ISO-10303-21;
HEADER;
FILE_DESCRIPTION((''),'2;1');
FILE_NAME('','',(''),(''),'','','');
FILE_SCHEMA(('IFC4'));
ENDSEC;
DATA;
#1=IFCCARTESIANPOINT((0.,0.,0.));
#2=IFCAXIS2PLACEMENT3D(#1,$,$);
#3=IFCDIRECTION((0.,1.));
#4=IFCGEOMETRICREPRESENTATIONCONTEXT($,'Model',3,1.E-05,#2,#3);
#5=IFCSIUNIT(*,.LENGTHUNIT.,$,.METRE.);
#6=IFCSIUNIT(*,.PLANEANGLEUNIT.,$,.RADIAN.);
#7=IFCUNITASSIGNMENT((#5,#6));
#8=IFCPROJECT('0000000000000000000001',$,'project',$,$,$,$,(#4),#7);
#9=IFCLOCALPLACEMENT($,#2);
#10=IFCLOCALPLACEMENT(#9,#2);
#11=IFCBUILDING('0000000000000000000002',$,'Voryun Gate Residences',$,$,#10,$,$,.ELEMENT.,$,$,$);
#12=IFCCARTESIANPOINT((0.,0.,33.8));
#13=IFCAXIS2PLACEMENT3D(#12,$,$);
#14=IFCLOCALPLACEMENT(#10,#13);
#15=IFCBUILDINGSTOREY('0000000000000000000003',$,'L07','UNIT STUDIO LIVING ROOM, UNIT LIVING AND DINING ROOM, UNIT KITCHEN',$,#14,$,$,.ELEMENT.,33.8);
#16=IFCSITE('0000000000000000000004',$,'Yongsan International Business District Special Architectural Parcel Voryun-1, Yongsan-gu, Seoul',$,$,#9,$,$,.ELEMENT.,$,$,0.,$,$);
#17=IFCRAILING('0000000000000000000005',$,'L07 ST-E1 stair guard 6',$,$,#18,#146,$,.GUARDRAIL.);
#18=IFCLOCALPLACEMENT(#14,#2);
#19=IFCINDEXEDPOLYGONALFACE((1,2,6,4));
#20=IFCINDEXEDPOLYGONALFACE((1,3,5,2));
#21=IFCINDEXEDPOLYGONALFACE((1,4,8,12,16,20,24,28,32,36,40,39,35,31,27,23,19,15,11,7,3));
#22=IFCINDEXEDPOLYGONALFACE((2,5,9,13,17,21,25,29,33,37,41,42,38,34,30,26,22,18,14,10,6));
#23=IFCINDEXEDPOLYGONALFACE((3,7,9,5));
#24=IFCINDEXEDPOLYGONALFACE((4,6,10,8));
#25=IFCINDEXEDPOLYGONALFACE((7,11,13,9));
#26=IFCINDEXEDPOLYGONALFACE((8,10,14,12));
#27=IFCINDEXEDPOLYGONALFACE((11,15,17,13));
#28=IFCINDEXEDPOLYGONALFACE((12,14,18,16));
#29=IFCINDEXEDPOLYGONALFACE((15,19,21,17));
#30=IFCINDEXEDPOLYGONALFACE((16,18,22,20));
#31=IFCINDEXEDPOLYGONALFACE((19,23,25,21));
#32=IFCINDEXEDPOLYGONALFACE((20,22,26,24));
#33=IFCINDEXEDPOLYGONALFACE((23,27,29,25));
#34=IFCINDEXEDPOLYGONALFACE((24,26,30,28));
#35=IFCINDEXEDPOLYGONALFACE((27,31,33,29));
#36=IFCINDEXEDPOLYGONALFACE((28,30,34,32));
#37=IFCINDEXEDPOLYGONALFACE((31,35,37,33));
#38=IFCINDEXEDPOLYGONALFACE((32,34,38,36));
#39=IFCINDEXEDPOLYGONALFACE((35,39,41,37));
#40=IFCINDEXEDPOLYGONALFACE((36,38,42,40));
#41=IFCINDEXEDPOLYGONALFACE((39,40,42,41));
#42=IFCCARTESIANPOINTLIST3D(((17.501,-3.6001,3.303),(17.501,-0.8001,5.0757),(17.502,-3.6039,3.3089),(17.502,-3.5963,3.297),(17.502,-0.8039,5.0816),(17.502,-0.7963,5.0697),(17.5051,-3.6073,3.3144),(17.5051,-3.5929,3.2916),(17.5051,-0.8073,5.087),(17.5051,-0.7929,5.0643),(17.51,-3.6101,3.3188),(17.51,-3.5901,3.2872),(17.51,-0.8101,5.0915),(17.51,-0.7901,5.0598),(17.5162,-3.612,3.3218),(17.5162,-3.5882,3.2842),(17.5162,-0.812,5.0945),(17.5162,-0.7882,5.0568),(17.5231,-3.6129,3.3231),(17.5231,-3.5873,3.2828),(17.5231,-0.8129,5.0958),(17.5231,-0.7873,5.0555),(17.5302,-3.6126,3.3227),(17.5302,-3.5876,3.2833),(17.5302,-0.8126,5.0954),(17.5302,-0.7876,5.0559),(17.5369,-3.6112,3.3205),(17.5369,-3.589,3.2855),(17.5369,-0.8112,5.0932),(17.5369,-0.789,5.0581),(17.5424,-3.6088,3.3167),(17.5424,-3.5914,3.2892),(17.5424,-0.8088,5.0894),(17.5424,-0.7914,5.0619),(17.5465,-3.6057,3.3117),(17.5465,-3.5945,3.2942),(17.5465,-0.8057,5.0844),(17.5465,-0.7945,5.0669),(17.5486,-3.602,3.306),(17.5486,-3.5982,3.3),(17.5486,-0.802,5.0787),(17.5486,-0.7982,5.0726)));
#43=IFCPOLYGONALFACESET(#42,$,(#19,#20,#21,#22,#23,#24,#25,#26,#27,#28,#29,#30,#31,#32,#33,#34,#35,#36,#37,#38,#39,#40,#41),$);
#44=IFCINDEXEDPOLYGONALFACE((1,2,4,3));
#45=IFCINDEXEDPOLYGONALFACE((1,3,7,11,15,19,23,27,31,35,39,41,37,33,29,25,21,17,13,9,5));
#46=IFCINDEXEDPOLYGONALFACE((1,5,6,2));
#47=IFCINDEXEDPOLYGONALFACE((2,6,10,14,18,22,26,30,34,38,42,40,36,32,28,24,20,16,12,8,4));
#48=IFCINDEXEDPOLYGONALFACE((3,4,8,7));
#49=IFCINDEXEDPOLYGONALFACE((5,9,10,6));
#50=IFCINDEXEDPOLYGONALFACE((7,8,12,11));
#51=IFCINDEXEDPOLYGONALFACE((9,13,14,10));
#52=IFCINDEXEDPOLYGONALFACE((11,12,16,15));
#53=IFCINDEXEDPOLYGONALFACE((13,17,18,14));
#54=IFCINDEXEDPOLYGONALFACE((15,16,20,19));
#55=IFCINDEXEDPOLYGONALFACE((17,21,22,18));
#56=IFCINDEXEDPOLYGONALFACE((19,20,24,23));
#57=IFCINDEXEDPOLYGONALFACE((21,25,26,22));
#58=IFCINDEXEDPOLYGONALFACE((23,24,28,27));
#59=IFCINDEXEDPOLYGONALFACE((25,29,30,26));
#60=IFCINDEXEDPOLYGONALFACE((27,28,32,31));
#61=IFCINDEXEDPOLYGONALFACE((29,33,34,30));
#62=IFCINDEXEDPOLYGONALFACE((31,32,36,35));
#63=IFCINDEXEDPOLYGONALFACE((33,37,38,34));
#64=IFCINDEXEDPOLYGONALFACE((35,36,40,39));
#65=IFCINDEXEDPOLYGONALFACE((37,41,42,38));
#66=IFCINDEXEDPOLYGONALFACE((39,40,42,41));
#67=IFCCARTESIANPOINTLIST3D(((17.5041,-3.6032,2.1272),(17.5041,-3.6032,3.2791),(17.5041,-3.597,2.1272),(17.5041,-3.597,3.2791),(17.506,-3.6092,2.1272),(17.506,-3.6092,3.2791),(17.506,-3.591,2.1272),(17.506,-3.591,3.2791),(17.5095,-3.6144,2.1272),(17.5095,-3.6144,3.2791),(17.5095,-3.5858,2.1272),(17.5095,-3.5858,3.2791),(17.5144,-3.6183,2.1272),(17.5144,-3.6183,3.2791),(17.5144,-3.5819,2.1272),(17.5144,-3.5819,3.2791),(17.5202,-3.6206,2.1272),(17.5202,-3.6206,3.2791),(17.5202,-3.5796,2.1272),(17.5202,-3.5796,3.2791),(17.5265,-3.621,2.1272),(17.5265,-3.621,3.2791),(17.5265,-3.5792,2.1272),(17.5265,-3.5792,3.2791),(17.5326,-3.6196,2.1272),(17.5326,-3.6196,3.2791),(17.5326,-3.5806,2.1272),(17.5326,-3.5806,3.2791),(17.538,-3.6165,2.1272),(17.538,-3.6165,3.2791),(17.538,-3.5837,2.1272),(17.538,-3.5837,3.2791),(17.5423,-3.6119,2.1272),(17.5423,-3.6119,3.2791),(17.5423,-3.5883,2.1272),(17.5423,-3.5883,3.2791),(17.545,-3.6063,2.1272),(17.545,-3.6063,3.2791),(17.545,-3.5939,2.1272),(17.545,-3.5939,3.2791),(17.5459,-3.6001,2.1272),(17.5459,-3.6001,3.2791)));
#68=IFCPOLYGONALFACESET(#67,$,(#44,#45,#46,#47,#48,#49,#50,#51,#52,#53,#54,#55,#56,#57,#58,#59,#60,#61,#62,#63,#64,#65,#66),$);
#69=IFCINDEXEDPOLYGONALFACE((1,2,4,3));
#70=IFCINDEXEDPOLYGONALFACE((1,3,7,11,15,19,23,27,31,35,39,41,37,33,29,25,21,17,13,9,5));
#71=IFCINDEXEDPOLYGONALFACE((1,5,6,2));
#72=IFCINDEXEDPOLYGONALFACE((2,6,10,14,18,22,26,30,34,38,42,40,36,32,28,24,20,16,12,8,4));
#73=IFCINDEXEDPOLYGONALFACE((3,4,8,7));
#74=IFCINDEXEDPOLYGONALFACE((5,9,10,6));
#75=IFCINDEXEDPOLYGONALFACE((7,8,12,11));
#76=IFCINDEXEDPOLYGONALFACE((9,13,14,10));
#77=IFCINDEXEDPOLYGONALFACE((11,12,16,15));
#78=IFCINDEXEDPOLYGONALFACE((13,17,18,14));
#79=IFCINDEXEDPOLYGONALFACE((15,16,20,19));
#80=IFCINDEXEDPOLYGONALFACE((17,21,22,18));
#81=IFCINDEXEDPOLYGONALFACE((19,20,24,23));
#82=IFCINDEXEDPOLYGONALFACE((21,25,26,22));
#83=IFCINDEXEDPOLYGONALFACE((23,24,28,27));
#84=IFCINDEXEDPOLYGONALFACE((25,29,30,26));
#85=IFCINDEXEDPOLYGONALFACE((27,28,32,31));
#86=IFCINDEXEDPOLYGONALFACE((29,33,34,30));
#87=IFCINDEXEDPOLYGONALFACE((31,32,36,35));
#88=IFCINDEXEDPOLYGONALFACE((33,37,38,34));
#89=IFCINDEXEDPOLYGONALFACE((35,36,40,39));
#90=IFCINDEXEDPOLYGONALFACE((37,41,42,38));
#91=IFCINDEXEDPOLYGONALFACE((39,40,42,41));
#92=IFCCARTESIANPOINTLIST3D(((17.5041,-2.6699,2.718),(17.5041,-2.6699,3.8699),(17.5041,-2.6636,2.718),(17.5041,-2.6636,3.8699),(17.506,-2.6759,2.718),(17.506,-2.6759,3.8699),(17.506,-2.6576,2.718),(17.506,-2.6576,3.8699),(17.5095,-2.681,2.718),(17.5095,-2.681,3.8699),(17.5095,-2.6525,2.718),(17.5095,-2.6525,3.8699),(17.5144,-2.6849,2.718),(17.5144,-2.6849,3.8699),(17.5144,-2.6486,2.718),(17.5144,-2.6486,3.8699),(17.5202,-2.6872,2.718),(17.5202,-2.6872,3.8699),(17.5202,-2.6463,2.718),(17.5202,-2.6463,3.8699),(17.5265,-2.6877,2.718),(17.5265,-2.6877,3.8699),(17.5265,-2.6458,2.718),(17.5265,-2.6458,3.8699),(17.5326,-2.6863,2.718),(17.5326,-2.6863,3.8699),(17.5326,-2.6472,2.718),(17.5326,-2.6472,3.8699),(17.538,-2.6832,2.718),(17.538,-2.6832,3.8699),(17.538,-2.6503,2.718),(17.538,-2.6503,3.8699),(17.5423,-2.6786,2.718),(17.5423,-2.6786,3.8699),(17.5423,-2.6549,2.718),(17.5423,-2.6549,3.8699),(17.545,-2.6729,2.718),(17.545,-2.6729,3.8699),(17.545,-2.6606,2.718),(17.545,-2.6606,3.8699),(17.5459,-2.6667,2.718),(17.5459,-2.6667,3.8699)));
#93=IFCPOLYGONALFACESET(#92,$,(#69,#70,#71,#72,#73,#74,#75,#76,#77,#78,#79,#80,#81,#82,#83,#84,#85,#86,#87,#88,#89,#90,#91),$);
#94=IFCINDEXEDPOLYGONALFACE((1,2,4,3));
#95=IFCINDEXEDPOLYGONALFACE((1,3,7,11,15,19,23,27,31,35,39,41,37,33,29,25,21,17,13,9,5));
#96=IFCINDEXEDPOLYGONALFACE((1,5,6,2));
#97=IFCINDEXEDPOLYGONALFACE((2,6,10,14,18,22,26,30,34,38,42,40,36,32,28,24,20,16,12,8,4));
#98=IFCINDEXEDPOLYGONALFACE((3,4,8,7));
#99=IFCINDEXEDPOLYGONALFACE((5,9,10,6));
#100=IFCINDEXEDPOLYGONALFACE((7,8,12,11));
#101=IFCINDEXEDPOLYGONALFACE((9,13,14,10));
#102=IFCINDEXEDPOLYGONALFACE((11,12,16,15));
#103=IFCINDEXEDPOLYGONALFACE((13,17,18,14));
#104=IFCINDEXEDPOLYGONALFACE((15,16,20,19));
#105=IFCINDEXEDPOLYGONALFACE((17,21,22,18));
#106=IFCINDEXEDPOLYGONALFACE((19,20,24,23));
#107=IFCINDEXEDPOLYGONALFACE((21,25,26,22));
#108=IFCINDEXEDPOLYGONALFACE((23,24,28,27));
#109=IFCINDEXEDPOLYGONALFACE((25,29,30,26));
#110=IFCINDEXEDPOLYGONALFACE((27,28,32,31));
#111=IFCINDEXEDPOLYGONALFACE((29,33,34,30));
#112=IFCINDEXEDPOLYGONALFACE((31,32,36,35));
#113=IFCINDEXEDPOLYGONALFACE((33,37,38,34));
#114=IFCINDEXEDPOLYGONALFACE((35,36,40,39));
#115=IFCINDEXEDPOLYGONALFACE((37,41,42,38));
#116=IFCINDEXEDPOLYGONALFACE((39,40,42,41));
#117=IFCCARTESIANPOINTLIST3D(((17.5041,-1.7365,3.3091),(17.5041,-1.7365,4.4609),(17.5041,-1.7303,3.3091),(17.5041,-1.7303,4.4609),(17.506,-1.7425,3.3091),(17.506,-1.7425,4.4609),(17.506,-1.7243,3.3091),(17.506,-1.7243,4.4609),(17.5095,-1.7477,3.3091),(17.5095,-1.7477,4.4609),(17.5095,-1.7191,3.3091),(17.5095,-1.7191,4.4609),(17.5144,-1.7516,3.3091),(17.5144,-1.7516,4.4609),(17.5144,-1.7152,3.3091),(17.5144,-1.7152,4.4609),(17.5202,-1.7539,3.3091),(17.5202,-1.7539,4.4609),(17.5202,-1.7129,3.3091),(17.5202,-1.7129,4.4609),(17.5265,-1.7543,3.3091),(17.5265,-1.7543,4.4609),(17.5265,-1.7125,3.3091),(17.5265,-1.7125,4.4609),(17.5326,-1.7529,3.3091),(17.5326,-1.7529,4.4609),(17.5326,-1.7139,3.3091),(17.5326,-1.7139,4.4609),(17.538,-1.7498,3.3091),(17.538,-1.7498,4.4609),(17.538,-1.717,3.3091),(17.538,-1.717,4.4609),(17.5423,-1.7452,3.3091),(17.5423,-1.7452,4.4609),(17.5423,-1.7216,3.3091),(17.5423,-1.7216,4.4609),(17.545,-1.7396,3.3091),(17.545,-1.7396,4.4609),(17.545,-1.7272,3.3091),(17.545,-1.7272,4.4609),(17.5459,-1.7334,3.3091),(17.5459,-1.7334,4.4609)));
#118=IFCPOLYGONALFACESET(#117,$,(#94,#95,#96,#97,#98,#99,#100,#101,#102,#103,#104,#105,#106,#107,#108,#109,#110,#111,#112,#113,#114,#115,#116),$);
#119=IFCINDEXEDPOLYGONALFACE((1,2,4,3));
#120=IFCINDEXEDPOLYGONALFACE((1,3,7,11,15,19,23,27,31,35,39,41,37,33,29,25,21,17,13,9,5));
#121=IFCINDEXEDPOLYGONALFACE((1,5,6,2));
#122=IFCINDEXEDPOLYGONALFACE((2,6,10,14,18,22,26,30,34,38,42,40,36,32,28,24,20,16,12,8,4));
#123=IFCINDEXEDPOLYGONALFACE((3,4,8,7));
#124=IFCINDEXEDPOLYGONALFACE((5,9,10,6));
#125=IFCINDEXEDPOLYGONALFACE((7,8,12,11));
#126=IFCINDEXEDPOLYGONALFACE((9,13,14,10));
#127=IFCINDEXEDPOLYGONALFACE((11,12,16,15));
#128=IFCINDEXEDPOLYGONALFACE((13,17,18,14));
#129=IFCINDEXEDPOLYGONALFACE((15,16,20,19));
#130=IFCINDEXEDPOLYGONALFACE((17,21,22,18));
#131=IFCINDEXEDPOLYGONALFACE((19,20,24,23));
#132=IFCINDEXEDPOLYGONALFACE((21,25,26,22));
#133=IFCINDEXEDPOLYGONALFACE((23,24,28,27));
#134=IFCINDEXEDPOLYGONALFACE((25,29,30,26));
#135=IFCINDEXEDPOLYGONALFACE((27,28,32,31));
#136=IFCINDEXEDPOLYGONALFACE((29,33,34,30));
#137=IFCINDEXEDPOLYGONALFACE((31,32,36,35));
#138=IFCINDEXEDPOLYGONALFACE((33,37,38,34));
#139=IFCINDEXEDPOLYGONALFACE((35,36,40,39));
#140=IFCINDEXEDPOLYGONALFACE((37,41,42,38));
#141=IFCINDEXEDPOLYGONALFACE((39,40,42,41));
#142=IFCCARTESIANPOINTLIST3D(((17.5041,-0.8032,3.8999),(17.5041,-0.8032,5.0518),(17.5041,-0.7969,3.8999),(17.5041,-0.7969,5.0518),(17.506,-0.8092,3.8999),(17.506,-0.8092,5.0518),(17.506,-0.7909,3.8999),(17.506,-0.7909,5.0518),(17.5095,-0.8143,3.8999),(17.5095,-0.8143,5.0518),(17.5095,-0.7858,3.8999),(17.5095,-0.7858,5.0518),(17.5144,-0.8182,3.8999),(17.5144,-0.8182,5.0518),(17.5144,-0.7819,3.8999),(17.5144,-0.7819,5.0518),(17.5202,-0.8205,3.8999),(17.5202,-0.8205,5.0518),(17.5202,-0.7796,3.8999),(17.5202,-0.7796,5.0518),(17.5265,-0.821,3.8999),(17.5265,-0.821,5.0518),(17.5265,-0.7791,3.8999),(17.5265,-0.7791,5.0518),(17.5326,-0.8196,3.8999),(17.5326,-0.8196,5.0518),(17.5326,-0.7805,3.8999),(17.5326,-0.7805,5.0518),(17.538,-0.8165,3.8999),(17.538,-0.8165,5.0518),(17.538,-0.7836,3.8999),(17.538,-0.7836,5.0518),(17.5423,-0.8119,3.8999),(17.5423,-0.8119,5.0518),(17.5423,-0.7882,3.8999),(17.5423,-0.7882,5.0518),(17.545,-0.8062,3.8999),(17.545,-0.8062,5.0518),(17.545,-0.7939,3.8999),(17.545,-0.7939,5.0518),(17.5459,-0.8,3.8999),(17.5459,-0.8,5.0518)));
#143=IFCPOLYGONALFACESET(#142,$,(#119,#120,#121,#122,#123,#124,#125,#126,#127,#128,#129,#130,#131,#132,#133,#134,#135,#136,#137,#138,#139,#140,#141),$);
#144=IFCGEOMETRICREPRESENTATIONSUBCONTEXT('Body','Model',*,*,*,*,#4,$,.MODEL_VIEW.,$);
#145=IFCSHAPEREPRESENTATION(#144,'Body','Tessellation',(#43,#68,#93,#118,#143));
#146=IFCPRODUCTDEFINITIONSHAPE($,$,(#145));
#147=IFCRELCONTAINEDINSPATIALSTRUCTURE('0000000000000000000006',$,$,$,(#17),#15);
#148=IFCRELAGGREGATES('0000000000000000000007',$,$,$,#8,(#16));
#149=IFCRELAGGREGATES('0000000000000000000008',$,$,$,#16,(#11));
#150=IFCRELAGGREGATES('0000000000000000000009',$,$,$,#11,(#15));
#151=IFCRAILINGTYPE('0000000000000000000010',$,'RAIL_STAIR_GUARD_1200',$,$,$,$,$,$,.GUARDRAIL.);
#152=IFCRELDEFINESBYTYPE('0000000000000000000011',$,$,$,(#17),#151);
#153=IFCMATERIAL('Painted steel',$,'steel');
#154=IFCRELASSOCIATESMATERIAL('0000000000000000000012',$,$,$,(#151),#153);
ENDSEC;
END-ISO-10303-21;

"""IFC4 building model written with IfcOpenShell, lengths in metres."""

from ifc_helpers import new_model, si_unit, direction, frame, origin, origin_2d, place, context, subcontext, project, spatial, circle, extrude, material, type_object, element, save


model = new_model("IFC4")

# Units and contexts
model_context = context("Model", 3, precision=1e-05, world=origin(), true_north=direction((0.0, 1.0)))
body_context = subcontext(model_context, "Body", "Model", "MODEL_VIEW")
ifc_project = project(units=[si_unit("LENGTHUNIT", "METRE"), si_unit("PLANEANGLEUNIT", "RADIAN")], contexts=[model_context])

# Site, building, storey
site_placement = place(None, origin())
site = spatial("IfcSite", under=ifc_project, at=site_placement, Name="Yongsan International Business District Special Architectural Parcel Voryun-1, Yongsan-gu, Seoul", CompositionType="ELEMENT", RefElevation=0.0)
building_placement = place(site_placement, origin())
building = spatial("IfcBuilding", under=site, at=building_placement, Name="Voryun Gate Residences", CompositionType="ELEMENT")
storey_placement = place(building_placement, frame((0.0, 0.0, 33.8)))
storey = spatial("IfcBuildingStorey", under=building, at=storey_placement, Name="L07", Description="UNIT STUDIO LIVING ROOM, UNIT LIVING AND DINING ROOM, UNIT KITCHEN", CompositionType="ELEMENT", Elevation=33.8)

# Railing
ifc_material_1 = material(Name="Painted steel", Category="steel")
railing_type_1 = type_object("IfcRailingType", Name="RAIL_STAIR_GUARD_1200", PredefinedType="GUARDRAIL", material=ifc_material_1)
railing_1_placement = place(storey_placement, frame((17.5249, -3.6001, 2.1272)))
element("IfcRailing", 1, at=railing_1_placement, inside=storey, type_object=railing_type_1, Name="L07 ST-E1 stair guard 6", PredefinedType="GUARDRAIL", context=body_context, shape_type="SweptSolid", body=[
    extrude(circle(Radius=0.0239, at=origin_2d()), frame((0.0, 0.0, 1.1758), z_axis=(0.0, 0.844909, 0.53491), x_axis=(-1.0, 0.0, 0.0)), (0.0, 0.0, 1.0), 3.314),
    extrude(circle(Radius=0.021, at=origin_2d()), origin(), (0.0, 0.0, 1.0), 1.1519),
    extrude(circle(Radius=0.021, at=origin_2d()), frame((0.0, 0.9333, 0.5908)), (0.0, 0.0, 1.0), 1.1519),
    extrude(circle(Radius=0.021, at=origin_2d()), frame((0.0, 1.8667, 1.1819)), (0.0, 0.0, 1.0), 1.1519),
    extrude(circle(Radius=0.021, at=origin_2d()), frame((0.0, 2.8, 1.7727)), (0.0, 0.0, 1.0), 1.1519),
])

save(model, "model.ifc")
